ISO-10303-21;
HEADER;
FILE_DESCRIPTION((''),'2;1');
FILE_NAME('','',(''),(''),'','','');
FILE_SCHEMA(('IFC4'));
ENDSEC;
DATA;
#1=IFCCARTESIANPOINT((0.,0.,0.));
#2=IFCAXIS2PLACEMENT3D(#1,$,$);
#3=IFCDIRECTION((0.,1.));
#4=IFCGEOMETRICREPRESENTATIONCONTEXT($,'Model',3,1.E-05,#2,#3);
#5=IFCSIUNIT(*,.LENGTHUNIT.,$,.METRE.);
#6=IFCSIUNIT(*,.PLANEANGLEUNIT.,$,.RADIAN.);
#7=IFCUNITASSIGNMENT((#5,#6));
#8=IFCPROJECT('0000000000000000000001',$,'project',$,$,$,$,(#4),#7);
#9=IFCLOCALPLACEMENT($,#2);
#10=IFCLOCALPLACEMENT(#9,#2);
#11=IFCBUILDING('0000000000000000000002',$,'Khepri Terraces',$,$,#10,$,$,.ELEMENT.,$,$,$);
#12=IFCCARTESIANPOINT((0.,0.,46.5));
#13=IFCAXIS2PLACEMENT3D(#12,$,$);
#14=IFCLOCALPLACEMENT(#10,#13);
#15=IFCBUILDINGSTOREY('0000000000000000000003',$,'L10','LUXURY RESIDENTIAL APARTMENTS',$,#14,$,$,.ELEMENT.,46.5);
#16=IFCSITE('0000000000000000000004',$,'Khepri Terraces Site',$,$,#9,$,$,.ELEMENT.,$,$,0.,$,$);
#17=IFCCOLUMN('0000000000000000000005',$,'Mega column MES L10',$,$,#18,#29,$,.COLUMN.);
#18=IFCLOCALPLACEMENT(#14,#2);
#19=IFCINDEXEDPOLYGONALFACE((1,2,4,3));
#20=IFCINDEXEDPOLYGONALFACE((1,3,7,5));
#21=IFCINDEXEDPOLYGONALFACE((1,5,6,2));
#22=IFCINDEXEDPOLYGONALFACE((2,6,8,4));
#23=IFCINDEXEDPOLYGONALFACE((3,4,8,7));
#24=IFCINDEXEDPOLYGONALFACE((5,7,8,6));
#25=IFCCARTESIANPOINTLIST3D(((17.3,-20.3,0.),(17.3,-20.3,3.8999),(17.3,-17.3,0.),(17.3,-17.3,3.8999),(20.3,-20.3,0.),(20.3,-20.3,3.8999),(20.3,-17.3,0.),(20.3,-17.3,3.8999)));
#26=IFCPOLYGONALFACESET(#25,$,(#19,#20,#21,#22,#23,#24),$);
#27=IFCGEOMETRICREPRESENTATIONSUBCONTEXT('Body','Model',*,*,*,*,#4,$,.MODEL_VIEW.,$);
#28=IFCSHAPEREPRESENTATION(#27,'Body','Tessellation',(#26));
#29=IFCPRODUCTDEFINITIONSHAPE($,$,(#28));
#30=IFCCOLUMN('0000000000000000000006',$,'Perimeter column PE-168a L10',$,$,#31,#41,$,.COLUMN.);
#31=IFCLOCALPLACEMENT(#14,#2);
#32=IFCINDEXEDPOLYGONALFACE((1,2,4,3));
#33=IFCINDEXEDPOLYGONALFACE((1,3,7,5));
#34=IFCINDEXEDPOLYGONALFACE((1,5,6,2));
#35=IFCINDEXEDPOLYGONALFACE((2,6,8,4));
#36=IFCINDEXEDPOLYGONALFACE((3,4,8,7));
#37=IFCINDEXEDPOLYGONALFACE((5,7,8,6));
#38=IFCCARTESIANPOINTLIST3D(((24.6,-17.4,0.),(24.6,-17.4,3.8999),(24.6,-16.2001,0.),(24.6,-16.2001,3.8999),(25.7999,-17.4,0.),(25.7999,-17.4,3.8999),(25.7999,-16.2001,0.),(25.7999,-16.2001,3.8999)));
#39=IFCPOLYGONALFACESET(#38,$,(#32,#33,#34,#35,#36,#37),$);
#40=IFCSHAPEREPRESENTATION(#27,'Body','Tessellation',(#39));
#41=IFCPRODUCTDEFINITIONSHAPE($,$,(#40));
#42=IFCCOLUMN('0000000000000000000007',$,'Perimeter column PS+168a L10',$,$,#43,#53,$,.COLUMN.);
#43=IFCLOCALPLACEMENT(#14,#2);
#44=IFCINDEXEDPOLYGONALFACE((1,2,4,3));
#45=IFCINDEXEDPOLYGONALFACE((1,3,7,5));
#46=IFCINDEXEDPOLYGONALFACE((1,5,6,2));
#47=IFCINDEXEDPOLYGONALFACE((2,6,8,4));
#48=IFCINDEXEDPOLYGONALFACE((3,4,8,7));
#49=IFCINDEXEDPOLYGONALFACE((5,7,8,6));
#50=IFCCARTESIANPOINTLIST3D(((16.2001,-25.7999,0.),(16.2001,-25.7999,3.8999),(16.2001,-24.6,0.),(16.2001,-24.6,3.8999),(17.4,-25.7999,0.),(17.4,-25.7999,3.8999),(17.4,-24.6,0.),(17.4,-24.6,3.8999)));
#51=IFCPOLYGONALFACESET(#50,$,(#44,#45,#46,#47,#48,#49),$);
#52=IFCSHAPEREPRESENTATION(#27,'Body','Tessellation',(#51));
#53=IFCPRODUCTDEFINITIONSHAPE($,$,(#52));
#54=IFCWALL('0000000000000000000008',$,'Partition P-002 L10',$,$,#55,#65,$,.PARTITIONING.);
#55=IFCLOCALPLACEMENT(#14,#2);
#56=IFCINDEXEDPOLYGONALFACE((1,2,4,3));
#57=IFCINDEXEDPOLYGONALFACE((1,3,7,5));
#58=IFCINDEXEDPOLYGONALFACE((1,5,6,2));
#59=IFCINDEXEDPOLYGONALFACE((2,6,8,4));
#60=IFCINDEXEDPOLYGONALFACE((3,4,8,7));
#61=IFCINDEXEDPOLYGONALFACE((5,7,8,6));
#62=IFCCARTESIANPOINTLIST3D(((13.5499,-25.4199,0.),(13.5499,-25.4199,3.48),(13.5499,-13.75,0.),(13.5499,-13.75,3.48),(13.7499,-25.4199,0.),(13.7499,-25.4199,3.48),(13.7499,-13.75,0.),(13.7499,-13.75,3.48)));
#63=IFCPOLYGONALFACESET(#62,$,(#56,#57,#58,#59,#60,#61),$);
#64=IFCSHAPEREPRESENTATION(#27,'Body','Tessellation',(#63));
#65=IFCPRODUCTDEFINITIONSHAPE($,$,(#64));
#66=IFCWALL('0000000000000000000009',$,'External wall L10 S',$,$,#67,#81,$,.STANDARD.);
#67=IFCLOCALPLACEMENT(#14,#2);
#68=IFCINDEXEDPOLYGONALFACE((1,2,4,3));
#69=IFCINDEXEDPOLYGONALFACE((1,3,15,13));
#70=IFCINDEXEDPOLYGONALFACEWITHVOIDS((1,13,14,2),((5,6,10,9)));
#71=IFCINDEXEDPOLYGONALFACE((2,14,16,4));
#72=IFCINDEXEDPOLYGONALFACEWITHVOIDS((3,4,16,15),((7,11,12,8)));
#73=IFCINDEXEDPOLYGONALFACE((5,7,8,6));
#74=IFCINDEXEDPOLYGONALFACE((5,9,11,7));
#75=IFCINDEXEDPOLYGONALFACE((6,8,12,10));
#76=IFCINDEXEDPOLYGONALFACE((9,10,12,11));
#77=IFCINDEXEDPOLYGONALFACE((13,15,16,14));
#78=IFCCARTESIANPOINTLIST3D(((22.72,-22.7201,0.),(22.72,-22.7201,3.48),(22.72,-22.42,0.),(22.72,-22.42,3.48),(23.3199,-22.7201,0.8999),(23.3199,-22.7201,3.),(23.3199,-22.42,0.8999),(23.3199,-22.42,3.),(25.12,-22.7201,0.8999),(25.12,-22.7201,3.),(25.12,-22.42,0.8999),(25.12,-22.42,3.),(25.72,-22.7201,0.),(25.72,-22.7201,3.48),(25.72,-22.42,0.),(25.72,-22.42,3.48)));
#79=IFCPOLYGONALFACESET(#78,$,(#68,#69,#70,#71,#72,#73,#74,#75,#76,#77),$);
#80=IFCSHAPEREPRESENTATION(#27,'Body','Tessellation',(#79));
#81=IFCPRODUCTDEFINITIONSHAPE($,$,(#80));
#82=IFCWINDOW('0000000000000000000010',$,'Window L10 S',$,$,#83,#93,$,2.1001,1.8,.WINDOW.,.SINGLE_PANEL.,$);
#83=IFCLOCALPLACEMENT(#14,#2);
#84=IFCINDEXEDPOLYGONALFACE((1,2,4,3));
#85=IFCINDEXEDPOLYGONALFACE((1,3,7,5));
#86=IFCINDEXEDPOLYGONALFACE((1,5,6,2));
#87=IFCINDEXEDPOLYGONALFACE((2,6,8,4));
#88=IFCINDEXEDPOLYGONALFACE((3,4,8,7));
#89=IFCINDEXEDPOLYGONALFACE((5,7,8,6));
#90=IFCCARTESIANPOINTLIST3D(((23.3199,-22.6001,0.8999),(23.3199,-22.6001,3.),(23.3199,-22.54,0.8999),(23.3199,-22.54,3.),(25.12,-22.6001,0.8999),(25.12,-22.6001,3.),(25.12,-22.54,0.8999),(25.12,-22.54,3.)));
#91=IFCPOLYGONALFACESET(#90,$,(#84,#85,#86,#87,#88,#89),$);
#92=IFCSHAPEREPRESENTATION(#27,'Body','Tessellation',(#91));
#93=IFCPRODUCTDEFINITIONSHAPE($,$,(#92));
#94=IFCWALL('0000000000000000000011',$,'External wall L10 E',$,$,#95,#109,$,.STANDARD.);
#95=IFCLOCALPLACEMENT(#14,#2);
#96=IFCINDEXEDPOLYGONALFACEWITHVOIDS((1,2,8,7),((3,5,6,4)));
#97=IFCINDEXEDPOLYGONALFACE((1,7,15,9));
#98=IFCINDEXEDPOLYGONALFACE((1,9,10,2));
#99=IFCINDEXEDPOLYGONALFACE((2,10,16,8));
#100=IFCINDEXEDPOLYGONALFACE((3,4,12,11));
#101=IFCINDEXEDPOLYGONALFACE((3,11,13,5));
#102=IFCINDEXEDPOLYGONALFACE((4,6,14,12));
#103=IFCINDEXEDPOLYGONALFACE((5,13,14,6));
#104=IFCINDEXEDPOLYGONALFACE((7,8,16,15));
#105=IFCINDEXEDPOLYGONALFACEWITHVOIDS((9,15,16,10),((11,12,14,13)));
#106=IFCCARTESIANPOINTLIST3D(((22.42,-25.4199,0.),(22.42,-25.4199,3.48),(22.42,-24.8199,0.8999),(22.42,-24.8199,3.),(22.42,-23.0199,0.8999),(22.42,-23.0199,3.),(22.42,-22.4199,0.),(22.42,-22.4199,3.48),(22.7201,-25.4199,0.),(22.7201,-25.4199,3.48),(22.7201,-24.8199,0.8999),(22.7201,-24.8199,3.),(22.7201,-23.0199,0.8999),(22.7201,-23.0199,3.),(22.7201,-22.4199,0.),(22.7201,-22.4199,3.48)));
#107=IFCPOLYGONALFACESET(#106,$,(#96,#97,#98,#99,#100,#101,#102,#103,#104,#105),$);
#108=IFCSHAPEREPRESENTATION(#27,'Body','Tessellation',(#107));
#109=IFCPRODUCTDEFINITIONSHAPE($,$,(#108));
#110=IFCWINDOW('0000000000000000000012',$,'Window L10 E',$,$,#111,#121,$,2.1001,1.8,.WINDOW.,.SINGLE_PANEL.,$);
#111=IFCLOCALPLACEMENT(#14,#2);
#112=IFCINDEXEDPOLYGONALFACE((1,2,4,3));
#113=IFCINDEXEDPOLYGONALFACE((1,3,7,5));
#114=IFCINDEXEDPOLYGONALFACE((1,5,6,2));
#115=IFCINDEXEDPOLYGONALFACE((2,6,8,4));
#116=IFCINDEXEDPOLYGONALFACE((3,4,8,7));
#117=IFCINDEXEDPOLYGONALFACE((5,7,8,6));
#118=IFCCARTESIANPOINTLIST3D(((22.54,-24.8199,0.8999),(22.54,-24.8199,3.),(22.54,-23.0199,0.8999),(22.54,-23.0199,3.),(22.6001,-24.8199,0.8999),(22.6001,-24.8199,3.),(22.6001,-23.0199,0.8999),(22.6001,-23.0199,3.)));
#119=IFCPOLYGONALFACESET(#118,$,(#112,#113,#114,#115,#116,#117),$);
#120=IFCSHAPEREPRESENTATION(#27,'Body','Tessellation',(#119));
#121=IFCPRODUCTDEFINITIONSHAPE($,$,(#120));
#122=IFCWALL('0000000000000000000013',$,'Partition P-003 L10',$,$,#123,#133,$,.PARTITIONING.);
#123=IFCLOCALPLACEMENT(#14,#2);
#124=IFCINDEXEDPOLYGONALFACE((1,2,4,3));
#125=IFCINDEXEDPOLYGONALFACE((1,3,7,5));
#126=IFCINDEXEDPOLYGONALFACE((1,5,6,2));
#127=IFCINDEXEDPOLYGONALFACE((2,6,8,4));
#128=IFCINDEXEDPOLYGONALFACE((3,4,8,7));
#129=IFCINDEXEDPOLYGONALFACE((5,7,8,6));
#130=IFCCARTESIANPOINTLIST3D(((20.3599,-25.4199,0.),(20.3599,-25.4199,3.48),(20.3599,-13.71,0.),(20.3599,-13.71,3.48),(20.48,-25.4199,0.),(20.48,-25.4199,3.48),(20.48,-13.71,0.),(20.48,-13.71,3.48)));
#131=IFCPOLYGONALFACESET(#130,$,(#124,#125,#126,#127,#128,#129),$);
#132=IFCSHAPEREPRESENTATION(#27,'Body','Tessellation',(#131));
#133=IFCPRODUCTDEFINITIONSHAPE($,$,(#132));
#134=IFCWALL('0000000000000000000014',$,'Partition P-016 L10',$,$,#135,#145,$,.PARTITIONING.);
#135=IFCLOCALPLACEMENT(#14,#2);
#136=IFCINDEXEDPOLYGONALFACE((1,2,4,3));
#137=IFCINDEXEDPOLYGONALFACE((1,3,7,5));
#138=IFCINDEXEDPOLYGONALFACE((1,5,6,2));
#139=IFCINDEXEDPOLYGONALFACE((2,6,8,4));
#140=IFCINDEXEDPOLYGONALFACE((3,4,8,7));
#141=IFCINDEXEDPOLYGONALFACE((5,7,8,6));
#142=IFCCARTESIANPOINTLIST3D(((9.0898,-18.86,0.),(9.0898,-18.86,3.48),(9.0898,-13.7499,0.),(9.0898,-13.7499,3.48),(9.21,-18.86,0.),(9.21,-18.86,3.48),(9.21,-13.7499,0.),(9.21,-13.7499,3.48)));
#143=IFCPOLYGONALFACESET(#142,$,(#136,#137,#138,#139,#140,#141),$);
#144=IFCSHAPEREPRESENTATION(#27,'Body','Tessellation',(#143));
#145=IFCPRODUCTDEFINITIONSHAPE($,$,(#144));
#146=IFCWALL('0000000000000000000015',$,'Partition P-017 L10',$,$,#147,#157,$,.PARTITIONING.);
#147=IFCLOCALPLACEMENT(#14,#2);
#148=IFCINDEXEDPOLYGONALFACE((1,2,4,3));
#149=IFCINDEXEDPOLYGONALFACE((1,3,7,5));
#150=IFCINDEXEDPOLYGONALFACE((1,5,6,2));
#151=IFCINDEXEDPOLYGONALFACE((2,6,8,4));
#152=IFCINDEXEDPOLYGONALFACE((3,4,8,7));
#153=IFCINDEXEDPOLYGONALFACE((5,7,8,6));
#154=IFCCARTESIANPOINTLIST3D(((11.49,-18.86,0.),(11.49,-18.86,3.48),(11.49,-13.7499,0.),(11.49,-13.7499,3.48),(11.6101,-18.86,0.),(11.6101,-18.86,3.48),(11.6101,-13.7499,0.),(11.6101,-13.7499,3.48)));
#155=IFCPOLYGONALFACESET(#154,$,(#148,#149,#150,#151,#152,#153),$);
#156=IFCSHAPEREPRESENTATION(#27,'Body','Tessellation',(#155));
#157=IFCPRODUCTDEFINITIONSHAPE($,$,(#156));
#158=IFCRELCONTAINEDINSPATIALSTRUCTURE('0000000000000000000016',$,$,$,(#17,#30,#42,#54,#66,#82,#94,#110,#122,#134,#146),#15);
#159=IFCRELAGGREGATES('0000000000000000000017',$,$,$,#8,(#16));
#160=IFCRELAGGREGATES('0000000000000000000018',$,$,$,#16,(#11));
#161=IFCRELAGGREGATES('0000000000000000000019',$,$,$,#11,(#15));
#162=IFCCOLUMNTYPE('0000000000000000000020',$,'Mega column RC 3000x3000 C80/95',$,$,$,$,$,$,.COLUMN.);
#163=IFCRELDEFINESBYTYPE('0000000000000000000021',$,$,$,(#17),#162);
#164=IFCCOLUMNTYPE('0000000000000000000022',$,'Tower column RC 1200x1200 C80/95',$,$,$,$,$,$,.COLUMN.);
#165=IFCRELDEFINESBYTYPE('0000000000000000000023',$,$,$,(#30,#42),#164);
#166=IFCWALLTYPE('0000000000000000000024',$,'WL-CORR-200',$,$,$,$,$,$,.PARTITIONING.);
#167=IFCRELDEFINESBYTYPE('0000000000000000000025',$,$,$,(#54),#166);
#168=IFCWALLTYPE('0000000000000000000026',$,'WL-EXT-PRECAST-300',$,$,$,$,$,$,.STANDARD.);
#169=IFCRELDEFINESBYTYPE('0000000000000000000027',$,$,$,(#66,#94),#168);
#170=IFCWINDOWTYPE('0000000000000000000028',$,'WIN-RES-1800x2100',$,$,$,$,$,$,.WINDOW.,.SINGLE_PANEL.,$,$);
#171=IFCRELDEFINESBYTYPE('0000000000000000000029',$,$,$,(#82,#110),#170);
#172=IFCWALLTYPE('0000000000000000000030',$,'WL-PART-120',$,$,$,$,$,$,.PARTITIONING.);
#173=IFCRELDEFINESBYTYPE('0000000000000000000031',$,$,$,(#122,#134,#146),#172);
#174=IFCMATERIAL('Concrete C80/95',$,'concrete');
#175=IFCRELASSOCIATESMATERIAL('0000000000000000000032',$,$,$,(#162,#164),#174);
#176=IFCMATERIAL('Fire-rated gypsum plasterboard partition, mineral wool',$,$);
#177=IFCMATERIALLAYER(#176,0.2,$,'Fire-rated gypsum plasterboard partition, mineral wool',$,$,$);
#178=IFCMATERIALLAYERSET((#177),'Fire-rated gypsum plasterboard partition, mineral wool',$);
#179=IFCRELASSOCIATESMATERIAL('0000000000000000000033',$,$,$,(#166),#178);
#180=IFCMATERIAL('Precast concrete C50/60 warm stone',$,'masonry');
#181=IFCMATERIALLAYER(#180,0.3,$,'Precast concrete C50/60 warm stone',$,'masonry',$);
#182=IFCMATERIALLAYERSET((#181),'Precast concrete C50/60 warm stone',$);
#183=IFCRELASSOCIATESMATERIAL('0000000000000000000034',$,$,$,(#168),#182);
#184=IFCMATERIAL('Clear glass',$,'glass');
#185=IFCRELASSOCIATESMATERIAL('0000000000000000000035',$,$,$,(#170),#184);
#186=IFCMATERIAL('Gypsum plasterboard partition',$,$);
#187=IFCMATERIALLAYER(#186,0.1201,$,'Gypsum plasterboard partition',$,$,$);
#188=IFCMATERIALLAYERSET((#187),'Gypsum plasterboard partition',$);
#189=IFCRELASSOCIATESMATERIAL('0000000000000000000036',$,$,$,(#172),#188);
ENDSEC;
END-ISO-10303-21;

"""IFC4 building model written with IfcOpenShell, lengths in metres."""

from ifc_helpers import new_model, si_unit, direction, frame, frame_2d, origin, origin_2d, place, context, subcontext, project, spatial, rectangle, extrude, material, layer, layer_set, material_profile, profile_set, type_object, element, fill, save


model = new_model("IFC4")

# Units and contexts
model_context = context("Model", 3, precision=1e-05, world=origin(), true_north=direction((0.0, 1.0)))
body_context = subcontext(model_context, "Body", "Model", "MODEL_VIEW")
ifc_project = project(units=[si_unit("LENGTHUNIT", "METRE"), si_unit("PLANEANGLEUNIT", "RADIAN")], contexts=[model_context])

# Site, building, storey
site_placement = place(None, origin())
site = spatial("IfcSite", under=ifc_project, at=site_placement, Name="Khepri Terraces Site", CompositionType="ELEMENT", RefElevation=0.0)
building_placement = place(site_placement, origin())
building = spatial("IfcBuilding", under=site, at=building_placement, Name="Khepri Terraces", CompositionType="ELEMENT")
storey_placement = place(building_placement, frame((0.0, 0.0, 46.5)))
storey = spatial("IfcBuildingStorey", under=building, at=storey_placement, Name="L10", Description="LUXURY RESIDENTIAL APARTMENTS", CompositionType="ELEMENT", Elevation=46.5)

# Columns
ifc_material_1 = material(Name="Concrete C80/95", Category="concrete")
ifc_material_profile_1 = material_profile(ifc_material_1, rectangle(XDim=3.0, YDim=3.0, at=origin_2d()), Name="Concrete C80/95", Category="concrete")
ifc_profile_set_1 = profile_set([ifc_material_profile_1], Name="Concrete C80/95")
column_type_1 = type_object("IfcColumnType", Name="Mega column RC 3000x3000 C80/95", PredefinedType="COLUMN", material=ifc_profile_set_1)
column_placement = place(storey_placement, frame((18.8, -18.8, 0.0), z_axis=(0.0, 0.0, 1.0), x_axis=(1.0, 0.0, 0.0)))
element("IfcColumn", 1, at=column_placement, inside=storey, type_object=column_type_1, Name="Mega column MES L10", PredefinedType="COLUMN", context=body_context, shape_type="SweptSolid", body=[
    extrude(rectangle(XDim=3.0, YDim=3.0, at=origin_2d()), origin(), (0.0, 0.0, 1.0), 3.8999),
])
ifc_material_profile_2 = material_profile(ifc_material_1, rectangle(XDim=1.2, YDim=1.2, at=origin_2d()), Name="Concrete C80/95", Category="concrete")
ifc_profile_set_2 = profile_set([ifc_material_profile_2], Name="Concrete C80/95")
column_type_2 = type_object("IfcColumnType", Name="Tower column RC 1200x1200 C80/95", PredefinedType="COLUMN", material=ifc_profile_set_2)
for number, where, z_axis, x_axis, name in (
    (2, (25.2, -16.8, 0.0), (0.0, 0.0, 1.0), (1.0, 0.0, 0.0), "Perimeter column PE-168a L10"),
    (3, (16.8, -25.2, 0.0), (0.0, 0.0, 1.0), (1.0, 0.0, 0.0), "Perimeter column PS+168a L10"),
):
    element("IfcColumn", number, at=place(storey_placement, frame(where, z_axis=z_axis, x_axis=x_axis)), inside=storey, type_object=column_type_2, Name=name, PredefinedType="COLUMN", context=body_context, shape_type="SweptSolid", body=[
        extrude(rectangle(XDim=1.2, YDim=1.2, at=origin_2d()), origin(), (0.0, 0.0, 1.0), 3.8999),
    ])

# Wall
ifc_material_2 = material(Name="Fire-rated gypsum plasterboard partition, mineral wool")
ifc_layer_1 = layer(ifc_material_2, 0.2, Name="Fire-rated gypsum plasterboard partition, mineral wool")
ifc_layer_set_1 = layer_set([ifc_layer_1], Name="Fire-rated gypsum plasterboard partition, mineral wool")
wall_type_1 = type_object("IfcWallType", Name="WL-CORR-200", PredefinedType="PARTITIONING", material=ifc_layer_set_1)
wall_1_placement = place(storey_placement, frame((13.6499, -25.4199, 0.0), z_axis=(0.0, 0.0, 1.0), x_axis=(0.0, 1.0, 0.0)))
element("IfcWall", 4, at=wall_1_placement, inside=storey, type_object=wall_type_1, Name="Partition P-002 L10", PredefinedType="PARTITIONING", context=body_context, shape_type="SweptSolid", body=[
    extrude(rectangle(XDim=11.6699, YDim=0.2, at=frame_2d((5.835, 0.0))), origin(), (0.0, 0.0, 1.0), 3.48),
])

# Wall, opening, window
ifc_material_3 = material(Name="Precast concrete C50/60 warm stone", Category="masonry")
ifc_layer_2 = layer(ifc_material_3, 0.3, Name="Precast concrete C50/60 warm stone", Category="masonry")
ifc_layer_set_2 = layer_set([ifc_layer_2], Name="Precast concrete C50/60 warm stone")
wall_type_2 = type_object("IfcWallType", Name="WL-EXT-PRECAST-300", PredefinedType="STANDARD", material=ifc_layer_set_2)
wall_2_placement = place(storey_placement, frame((22.72, -22.5701, 0.0), z_axis=(0.0, 0.0, 1.0), x_axis=(1.0, 0.0, 0.0)))
wall_2 = element("IfcWall", 5, at=wall_2_placement, inside=storey, type_object=wall_type_2, Name="External wall L10 S", PredefinedType="STANDARD", context=body_context, shape_type="SweptSolid", body=[
    extrude(rectangle(XDim=3.0, YDim=0.3, at=frame_2d((1.5, 0.0))), origin(), (0.0, 0.0, 1.0), 3.48),
])
opening_1_placement = place(wall_2_placement, frame((0.6001, 0.0, 0.8999)))
opening_1 = element("IfcOpeningElement", 6, at=opening_1_placement, cuts=wall_2, PredefinedType="OPENING", context=body_context, shape_type="SweptSolid", body=[
    extrude(rectangle(XDim=1.8, YDim=2.1001, at=frame_2d((0.8999, 1.05))), frame((0.0, 0.1602, 0.0), z_axis=(0.0, -1.0, 0.0), x_axis=(1.0, 0.0, 0.0)), (0.0, 0.0, 1.0), 0.3201),
])
ifc_material_4 = material(Name="Clear glass", Category="glass")
window_type = type_object("IfcWindowType", Name="WIN-RES-1800x2100", PartitioningType="SINGLE_PANEL", PredefinedType="WINDOW", material=ifc_material_4)
window_1_placement = place(opening_1_placement, origin())
window_1 = element("IfcWindow", 7, at=window_1_placement, inside=storey, type_object=window_type, Name="Window L10 S", OverallHeight=2.1001, OverallWidth=1.8, PartitioningType="SINGLE_PANEL", PredefinedType="WINDOW", context=body_context, shape_type="SweptSolid", body=[
    extrude(rectangle(XDim=1.8, YDim=2.1001, at=frame_2d((0.8999, 1.05))), frame((0.0, 0.03, 0.0), z_axis=(0.0, -1.0, 0.0), x_axis=(1.0, 0.0, 0.0)), (0.0, 0.0, 1.0), 0.0601),
])
fill(opening_1, window_1)

# Wall, opening, window
wall_3_placement = place(storey_placement, frame((22.5701, -25.4199, 0.0), z_axis=(0.0, 0.0, 1.0), x_axis=(0.0, 1.0, 0.0)))
wall_3 = element("IfcWall", 8, at=wall_3_placement, inside=storey, type_object=wall_type_2, Name="External wall L10 E", PredefinedType="STANDARD", context=body_context, shape_type="SweptSolid", body=[
    extrude(rectangle(XDim=3.0, YDim=0.3, at=frame_2d((1.5, 0.0))), origin(), (0.0, 0.0, 1.0), 3.48),
])
opening_2_placement = place(wall_3_placement, frame((0.6001, 0.0, 0.8999)))
opening_2 = element("IfcOpeningElement", 9, at=opening_2_placement, cuts=wall_3, PredefinedType="OPENING", context=body_context, shape_type="SweptSolid", body=[
    extrude(rectangle(XDim=1.8, YDim=2.1001, at=frame_2d((0.8999, 1.05))), frame((0.0, 0.1602, 0.0), z_axis=(0.0, -1.0, 0.0), x_axis=(1.0, 0.0, 0.0)), (0.0, 0.0, 1.0), 0.3201),
])
window_2_placement = place(opening_2_placement, origin())
window_2 = element("IfcWindow", 10, at=window_2_placement, inside=storey, type_object=window_type, Name="Window L10 E", OverallHeight=2.1001, OverallWidth=1.8, PartitioningType="SINGLE_PANEL", PredefinedType="WINDOW", context=body_context, shape_type="SweptSolid", body=[
    extrude(rectangle(XDim=1.8, YDim=2.1001, at=frame_2d((0.8999, 1.05))), frame((0.0, 0.03, 0.0), z_axis=(0.0, -1.0, 0.0), x_axis=(1.0, 0.0, 0.0)), (0.0, 0.0, 1.0), 0.0601),
])
fill(opening_2, window_2)

# Walls
ifc_material_5 = material(Name="Gypsum plasterboard partition")
ifc_layer_3 = layer(ifc_material_5, 0.1201, Name="Gypsum plasterboard partition")
ifc_layer_set_3 = layer_set([ifc_layer_3], Name="Gypsum plasterboard partition")
wall_type_3 = type_object("IfcWallType", Name="WL-PART-120", PredefinedType="PARTITIONING", material=ifc_layer_set_3)
wall_4_placement = place(storey_placement, frame((20.4199, -25.4199, 0.0), z_axis=(0.0, 0.0, 1.0), x_axis=(0.0, 1.0, 0.0)))
element("IfcWall", 11, at=wall_4_placement, inside=storey, type_object=wall_type_3, Name="Partition P-003 L10", PredefinedType="PARTITIONING", context=body_context, shape_type="SweptSolid", body=[
    extrude(rectangle(XDim=11.71, YDim=0.1201, at=frame_2d((5.855, 0.0))), origin(), (0.0, 0.0, 1.0), 3.48),
])
for number, where, z_axis, x_axis, name in (
    (12, (9.1499, -18.8601, 0.0), (0.0, 0.0, 1.0), (0.0, 1.0, 0.0), "Partition P-016 L10"),
    (13, (11.55, -18.8601, 0.0), (0.0, 0.0, 1.0), (0.0, 1.0, 0.0), "Partition P-017 L10"),
):
    element("IfcWall", number, at=place(storey_placement, frame(where, z_axis=z_axis, x_axis=x_axis)), inside=storey, type_object=wall_type_3, Name=name, PredefinedType="PARTITIONING", context=body_context, shape_type="SweptSolid", body=[
        extrude(rectangle(XDim=5.1101, YDim=0.1201, at=frame_2d((2.5552, 0.0))), origin(), (0.0, 0.0, 1.0), 3.48),
    ])

save(model, "model.ifc")
